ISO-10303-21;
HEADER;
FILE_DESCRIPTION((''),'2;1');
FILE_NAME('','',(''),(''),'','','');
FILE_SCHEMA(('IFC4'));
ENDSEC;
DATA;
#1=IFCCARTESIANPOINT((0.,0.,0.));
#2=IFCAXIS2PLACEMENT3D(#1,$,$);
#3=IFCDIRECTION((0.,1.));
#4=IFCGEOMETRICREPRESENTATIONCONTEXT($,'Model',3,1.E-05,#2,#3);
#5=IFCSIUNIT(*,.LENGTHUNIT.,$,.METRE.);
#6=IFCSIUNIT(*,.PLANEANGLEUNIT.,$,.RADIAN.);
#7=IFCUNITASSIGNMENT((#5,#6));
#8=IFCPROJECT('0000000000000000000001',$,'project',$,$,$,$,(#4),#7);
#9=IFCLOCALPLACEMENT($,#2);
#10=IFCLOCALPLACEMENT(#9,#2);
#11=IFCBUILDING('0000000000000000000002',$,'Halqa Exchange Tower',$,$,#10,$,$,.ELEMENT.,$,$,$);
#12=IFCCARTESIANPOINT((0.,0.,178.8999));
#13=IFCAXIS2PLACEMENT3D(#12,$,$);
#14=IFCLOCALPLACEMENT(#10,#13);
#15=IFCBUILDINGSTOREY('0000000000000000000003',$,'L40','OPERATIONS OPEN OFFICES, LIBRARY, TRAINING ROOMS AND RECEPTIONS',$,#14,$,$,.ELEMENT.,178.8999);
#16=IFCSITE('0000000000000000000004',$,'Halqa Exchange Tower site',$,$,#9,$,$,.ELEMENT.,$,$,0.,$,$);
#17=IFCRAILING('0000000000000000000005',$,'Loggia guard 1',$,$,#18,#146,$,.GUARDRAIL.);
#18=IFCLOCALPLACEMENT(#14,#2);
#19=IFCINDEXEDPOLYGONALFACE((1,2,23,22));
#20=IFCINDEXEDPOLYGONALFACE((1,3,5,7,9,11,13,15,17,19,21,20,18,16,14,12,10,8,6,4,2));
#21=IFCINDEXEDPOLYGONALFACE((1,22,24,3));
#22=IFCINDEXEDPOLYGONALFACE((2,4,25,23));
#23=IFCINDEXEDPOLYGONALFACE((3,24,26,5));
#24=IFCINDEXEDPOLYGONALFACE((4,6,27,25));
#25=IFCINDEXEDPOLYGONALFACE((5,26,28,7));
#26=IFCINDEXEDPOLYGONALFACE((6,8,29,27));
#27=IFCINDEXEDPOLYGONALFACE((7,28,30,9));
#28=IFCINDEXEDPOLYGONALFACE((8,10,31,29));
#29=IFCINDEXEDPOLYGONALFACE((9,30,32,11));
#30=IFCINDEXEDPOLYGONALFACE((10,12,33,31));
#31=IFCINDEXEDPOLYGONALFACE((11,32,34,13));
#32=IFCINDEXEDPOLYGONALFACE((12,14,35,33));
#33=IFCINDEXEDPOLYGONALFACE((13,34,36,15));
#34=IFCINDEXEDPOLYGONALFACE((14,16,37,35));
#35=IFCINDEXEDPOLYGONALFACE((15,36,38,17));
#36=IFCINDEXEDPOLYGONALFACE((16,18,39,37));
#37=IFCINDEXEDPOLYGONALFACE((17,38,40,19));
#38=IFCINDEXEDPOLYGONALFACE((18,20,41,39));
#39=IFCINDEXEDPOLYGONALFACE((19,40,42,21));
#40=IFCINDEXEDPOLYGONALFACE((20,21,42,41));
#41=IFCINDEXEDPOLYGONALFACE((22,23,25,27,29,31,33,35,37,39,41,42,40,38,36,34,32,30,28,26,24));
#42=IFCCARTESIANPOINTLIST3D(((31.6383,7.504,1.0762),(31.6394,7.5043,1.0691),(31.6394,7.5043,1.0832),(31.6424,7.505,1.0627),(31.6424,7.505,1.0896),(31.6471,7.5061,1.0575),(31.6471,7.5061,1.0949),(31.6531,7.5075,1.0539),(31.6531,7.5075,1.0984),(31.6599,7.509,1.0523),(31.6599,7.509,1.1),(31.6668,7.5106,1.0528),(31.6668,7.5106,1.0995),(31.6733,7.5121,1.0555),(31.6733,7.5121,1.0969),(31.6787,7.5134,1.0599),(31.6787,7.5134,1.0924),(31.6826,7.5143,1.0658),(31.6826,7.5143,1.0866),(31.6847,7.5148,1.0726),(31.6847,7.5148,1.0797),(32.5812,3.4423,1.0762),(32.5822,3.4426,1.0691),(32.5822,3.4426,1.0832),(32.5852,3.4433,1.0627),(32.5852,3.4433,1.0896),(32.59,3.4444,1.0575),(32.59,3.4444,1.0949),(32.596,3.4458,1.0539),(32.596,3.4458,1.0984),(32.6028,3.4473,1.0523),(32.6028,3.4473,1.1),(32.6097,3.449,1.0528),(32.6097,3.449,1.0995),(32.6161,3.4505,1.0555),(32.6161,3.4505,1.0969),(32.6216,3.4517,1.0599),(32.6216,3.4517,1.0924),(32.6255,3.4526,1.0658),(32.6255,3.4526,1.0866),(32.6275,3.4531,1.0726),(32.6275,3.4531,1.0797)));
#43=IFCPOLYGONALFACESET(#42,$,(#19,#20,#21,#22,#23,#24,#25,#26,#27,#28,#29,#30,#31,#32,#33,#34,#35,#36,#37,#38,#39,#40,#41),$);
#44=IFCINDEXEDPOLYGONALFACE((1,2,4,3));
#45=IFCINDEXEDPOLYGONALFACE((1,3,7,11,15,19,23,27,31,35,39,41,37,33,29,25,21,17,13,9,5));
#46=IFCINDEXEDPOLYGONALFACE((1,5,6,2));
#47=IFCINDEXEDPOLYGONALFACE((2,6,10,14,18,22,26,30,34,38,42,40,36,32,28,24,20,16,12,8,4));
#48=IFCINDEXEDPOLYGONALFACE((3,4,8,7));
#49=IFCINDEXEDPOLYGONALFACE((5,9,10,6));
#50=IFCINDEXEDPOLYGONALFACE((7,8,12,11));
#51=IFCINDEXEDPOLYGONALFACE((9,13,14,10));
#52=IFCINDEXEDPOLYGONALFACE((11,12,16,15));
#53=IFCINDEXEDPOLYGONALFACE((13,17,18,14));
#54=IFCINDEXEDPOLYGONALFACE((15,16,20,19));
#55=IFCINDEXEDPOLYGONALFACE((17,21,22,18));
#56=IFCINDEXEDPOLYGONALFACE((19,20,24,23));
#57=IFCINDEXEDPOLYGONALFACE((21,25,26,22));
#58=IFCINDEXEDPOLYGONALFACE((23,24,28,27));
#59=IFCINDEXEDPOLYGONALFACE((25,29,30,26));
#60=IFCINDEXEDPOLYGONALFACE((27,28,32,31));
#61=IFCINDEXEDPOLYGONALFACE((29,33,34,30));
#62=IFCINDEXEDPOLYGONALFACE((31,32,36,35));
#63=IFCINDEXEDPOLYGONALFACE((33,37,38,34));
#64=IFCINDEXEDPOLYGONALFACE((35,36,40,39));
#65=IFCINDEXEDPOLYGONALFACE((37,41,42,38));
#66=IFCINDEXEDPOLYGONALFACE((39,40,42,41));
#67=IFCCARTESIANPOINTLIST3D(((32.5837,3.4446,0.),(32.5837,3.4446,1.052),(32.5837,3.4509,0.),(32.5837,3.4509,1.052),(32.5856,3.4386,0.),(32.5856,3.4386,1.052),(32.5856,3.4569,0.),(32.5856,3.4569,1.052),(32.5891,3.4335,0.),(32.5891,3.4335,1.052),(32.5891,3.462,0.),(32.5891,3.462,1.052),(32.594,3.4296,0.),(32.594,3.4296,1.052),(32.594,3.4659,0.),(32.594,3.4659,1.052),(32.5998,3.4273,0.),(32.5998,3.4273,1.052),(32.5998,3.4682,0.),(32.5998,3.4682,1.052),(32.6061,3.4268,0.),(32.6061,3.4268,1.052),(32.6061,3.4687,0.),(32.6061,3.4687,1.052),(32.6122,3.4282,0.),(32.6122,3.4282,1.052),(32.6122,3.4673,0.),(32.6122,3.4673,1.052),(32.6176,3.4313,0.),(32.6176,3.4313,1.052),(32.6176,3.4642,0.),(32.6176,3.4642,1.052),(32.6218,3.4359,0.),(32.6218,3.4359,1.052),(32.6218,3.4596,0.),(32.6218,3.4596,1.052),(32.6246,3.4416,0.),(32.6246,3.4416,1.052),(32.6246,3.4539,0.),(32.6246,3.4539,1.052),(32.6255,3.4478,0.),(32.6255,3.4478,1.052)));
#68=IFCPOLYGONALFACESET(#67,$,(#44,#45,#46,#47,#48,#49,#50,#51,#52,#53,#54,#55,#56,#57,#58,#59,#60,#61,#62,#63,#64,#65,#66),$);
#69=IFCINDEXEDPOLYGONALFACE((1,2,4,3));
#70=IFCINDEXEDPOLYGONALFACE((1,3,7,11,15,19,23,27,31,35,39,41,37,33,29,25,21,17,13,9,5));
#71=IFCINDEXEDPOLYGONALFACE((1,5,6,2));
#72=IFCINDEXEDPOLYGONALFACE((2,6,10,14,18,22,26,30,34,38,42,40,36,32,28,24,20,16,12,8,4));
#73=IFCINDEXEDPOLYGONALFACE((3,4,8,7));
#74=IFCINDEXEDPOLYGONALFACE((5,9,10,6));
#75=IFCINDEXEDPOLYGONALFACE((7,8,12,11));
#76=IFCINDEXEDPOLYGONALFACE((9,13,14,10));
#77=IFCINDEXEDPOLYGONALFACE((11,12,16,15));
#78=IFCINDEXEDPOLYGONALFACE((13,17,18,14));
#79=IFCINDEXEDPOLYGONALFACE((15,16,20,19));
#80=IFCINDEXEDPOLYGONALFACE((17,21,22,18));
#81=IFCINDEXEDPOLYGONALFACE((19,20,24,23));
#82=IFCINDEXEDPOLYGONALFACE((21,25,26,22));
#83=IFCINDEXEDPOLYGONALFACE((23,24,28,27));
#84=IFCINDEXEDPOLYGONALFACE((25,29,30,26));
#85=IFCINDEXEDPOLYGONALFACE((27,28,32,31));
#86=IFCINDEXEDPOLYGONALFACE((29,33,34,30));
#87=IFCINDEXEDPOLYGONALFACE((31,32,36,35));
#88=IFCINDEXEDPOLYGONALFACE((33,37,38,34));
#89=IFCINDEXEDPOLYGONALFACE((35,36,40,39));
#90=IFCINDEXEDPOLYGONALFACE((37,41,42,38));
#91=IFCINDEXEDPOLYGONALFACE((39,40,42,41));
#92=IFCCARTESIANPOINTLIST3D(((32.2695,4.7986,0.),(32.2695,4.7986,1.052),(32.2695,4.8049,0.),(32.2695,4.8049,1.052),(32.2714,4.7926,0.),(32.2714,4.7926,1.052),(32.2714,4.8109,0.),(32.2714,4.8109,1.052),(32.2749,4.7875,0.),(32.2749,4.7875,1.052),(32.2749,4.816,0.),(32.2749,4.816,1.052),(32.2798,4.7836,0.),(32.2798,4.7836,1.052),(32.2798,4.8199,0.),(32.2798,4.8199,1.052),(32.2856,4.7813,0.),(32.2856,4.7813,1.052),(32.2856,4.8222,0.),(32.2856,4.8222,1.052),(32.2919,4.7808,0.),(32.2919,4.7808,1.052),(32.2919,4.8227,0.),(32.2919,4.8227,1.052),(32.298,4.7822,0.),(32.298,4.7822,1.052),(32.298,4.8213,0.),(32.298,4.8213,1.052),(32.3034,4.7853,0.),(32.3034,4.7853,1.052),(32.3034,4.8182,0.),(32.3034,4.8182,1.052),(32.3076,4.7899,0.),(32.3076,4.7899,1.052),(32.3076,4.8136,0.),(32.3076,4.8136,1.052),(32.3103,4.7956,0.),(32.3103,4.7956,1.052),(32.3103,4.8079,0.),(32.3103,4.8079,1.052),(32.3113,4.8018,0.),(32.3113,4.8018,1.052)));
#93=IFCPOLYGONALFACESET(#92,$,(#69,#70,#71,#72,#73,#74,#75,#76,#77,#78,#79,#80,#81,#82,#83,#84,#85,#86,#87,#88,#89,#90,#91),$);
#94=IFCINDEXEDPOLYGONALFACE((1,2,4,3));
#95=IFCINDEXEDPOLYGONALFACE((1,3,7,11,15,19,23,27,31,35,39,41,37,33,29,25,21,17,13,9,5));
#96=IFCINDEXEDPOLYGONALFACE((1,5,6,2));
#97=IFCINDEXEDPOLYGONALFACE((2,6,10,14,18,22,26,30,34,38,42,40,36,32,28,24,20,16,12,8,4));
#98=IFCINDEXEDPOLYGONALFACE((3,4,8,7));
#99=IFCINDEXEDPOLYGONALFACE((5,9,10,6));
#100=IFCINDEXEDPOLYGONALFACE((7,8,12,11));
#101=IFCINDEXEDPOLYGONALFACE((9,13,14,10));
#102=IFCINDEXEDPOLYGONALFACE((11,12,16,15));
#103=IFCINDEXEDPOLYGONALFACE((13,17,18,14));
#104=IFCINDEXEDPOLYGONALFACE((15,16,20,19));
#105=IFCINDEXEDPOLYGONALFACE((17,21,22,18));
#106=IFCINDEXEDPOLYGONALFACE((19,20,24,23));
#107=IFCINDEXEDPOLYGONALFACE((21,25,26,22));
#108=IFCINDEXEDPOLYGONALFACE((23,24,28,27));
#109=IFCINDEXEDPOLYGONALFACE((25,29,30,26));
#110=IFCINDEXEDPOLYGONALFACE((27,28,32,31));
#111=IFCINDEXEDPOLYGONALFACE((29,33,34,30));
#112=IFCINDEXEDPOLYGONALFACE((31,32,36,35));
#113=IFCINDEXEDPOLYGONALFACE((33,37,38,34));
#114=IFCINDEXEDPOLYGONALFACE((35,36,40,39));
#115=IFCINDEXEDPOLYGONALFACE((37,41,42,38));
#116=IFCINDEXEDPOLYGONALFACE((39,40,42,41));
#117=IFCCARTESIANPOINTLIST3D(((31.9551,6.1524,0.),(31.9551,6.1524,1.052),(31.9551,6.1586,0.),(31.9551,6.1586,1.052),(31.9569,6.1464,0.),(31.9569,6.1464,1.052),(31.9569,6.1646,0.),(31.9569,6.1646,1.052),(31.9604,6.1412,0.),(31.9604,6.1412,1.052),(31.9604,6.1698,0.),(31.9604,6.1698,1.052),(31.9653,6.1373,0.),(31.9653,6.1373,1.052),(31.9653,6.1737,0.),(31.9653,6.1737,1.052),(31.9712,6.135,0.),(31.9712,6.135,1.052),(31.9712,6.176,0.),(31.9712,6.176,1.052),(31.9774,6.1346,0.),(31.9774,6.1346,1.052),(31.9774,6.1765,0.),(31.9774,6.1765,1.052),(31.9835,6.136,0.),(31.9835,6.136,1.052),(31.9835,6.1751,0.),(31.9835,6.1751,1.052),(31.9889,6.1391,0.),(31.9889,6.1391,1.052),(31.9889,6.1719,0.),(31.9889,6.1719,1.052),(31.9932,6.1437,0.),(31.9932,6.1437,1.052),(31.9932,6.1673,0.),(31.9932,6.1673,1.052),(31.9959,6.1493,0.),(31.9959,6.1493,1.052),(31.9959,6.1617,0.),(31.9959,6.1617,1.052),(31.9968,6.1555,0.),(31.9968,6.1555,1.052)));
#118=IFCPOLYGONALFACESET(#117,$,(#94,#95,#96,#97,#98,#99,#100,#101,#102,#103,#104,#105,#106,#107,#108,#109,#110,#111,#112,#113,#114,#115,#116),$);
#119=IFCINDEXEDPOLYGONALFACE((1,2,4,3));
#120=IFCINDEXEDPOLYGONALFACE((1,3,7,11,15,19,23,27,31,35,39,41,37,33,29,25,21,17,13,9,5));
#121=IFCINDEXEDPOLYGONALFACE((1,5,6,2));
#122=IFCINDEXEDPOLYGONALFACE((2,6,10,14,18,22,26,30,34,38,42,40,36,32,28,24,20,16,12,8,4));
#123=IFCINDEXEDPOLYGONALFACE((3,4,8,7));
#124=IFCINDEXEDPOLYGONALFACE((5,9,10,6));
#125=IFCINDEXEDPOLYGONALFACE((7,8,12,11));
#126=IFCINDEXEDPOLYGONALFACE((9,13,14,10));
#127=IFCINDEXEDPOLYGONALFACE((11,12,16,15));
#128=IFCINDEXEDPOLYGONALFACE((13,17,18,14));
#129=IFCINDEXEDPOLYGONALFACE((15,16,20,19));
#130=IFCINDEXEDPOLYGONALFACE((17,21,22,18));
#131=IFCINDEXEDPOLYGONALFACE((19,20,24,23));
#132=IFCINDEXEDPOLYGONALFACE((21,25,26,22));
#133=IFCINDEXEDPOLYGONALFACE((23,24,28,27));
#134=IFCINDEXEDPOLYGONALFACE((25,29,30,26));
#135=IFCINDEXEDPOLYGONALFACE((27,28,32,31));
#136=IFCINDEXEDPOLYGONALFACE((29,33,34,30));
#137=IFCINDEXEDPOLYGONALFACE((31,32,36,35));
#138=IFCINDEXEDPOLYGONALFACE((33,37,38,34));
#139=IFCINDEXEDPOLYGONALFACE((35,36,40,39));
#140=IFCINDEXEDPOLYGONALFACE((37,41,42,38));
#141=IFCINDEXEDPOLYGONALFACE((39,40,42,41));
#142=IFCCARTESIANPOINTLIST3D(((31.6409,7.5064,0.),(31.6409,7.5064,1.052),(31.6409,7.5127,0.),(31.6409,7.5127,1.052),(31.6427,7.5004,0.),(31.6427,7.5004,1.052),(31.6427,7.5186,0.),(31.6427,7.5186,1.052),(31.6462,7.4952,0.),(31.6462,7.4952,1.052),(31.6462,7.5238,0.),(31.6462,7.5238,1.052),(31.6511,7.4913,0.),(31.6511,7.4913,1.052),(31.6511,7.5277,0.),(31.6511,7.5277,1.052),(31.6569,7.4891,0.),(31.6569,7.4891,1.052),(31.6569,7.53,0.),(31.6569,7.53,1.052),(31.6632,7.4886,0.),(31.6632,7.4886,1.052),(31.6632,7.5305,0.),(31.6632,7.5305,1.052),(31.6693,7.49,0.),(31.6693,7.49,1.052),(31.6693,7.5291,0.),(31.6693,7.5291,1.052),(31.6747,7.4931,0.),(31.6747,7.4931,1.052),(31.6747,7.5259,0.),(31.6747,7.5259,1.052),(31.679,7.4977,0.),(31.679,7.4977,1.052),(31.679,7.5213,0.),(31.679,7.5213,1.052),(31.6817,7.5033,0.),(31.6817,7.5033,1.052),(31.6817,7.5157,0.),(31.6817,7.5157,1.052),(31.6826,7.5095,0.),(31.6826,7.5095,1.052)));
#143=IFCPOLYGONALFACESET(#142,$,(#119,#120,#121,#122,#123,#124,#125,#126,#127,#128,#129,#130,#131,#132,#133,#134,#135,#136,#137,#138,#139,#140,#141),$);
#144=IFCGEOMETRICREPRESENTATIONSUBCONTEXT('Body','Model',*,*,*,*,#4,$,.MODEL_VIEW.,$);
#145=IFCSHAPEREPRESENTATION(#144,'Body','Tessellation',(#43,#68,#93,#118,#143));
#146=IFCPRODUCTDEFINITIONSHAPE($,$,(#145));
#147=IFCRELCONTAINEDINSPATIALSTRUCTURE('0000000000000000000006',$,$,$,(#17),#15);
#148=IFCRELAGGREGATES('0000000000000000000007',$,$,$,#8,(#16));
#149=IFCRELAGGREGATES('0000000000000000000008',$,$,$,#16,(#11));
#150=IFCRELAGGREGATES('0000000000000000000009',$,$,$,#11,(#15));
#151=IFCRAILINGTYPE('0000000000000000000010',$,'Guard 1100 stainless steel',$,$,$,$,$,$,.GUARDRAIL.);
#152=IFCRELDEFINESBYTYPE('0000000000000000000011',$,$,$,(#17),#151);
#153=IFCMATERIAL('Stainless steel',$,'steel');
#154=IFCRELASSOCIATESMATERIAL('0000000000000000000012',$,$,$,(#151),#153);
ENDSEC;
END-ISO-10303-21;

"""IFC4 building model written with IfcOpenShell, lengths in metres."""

from ifc_helpers import new_model, si_unit, direction, frame, origin, origin_2d, place, context, subcontext, project, spatial, circle, extrude, material, type_object, element, save


model = new_model("IFC4")

# Units and contexts
model_context = context("Model", 3, precision=1e-05, world=origin(), true_north=direction((0.0, 1.0)))
body_context = subcontext(model_context, "Body", "Model", "MODEL_VIEW")
ifc_project = project(units=[si_unit("LENGTHUNIT", "METRE"), si_unit("PLANEANGLEUNIT", "RADIAN")], contexts=[model_context])

# Site, building, storey
site_placement = place(None, origin())
site = spatial("IfcSite", under=ifc_project, at=site_placement, Name="Halqa Exchange Tower site", CompositionType="ELEMENT", RefElevation=0.0)
building_placement = place(site_placement, origin())
building = spatial("IfcBuilding", under=site, at=building_placement, Name="Halqa Exchange Tower", CompositionType="ELEMENT")
storey_placement = place(building_placement, frame((0.0, 0.0, 178.8999)))
storey = spatial("IfcBuildingStorey", under=building, at=storey_placement, Name="L40", Description="OPERATIONS OPEN OFFICES, LIBRARY, TRAINING ROOMS AND RECEPTIONS", CompositionType="ELEMENT", Elevation=178.8999)

# Railing
ifc_material_1 = material(Name="Stainless steel", Category="steel")
railing_type = type_object("IfcRailingType", Name="Guard 1100 stainless steel", PredefinedType="GUARDRAIL", material=ifc_material_1)
railing_1_placement = place(storey_placement, frame((32.6045, 3.4478, 0.0)))
element("IfcRailing", 1, at=railing_1_placement, inside=storey, type_object=railing_type, Name="Loggia guard 1", PredefinedType="GUARDRAIL", context=body_context, shape_type="SweptSolid", body=[
    extrude(circle(Radius=0.0239, at=origin_2d()), frame((0.0, 0.0, 1.0762), z_axis=(-0.226121, 0.974099, 0.0), x_axis=(-0.974099, -0.226121, 0.0)), (0.0, 0.0, 1.0), 4.1697),
    extrude(circle(Radius=0.021, at=origin_2d()), origin(), (0.0, 0.0, 1.0), 1.052),
    extrude(circle(Radius=0.021, at=origin_2d()), frame((-0.3142, 1.354, 0.0)), (0.0, 0.0, 1.0), 1.052),
    extrude(circle(Radius=0.021, at=origin_2d()), frame((-0.6287, 2.7078, 0.0)), (0.0, 0.0, 1.0), 1.052),
    extrude(circle(Radius=0.021, at=origin_2d()), frame((-0.9429, 4.0618, 0.0)), (0.0, 0.0, 1.0), 1.052),
])

save(model, "model.ifc")
